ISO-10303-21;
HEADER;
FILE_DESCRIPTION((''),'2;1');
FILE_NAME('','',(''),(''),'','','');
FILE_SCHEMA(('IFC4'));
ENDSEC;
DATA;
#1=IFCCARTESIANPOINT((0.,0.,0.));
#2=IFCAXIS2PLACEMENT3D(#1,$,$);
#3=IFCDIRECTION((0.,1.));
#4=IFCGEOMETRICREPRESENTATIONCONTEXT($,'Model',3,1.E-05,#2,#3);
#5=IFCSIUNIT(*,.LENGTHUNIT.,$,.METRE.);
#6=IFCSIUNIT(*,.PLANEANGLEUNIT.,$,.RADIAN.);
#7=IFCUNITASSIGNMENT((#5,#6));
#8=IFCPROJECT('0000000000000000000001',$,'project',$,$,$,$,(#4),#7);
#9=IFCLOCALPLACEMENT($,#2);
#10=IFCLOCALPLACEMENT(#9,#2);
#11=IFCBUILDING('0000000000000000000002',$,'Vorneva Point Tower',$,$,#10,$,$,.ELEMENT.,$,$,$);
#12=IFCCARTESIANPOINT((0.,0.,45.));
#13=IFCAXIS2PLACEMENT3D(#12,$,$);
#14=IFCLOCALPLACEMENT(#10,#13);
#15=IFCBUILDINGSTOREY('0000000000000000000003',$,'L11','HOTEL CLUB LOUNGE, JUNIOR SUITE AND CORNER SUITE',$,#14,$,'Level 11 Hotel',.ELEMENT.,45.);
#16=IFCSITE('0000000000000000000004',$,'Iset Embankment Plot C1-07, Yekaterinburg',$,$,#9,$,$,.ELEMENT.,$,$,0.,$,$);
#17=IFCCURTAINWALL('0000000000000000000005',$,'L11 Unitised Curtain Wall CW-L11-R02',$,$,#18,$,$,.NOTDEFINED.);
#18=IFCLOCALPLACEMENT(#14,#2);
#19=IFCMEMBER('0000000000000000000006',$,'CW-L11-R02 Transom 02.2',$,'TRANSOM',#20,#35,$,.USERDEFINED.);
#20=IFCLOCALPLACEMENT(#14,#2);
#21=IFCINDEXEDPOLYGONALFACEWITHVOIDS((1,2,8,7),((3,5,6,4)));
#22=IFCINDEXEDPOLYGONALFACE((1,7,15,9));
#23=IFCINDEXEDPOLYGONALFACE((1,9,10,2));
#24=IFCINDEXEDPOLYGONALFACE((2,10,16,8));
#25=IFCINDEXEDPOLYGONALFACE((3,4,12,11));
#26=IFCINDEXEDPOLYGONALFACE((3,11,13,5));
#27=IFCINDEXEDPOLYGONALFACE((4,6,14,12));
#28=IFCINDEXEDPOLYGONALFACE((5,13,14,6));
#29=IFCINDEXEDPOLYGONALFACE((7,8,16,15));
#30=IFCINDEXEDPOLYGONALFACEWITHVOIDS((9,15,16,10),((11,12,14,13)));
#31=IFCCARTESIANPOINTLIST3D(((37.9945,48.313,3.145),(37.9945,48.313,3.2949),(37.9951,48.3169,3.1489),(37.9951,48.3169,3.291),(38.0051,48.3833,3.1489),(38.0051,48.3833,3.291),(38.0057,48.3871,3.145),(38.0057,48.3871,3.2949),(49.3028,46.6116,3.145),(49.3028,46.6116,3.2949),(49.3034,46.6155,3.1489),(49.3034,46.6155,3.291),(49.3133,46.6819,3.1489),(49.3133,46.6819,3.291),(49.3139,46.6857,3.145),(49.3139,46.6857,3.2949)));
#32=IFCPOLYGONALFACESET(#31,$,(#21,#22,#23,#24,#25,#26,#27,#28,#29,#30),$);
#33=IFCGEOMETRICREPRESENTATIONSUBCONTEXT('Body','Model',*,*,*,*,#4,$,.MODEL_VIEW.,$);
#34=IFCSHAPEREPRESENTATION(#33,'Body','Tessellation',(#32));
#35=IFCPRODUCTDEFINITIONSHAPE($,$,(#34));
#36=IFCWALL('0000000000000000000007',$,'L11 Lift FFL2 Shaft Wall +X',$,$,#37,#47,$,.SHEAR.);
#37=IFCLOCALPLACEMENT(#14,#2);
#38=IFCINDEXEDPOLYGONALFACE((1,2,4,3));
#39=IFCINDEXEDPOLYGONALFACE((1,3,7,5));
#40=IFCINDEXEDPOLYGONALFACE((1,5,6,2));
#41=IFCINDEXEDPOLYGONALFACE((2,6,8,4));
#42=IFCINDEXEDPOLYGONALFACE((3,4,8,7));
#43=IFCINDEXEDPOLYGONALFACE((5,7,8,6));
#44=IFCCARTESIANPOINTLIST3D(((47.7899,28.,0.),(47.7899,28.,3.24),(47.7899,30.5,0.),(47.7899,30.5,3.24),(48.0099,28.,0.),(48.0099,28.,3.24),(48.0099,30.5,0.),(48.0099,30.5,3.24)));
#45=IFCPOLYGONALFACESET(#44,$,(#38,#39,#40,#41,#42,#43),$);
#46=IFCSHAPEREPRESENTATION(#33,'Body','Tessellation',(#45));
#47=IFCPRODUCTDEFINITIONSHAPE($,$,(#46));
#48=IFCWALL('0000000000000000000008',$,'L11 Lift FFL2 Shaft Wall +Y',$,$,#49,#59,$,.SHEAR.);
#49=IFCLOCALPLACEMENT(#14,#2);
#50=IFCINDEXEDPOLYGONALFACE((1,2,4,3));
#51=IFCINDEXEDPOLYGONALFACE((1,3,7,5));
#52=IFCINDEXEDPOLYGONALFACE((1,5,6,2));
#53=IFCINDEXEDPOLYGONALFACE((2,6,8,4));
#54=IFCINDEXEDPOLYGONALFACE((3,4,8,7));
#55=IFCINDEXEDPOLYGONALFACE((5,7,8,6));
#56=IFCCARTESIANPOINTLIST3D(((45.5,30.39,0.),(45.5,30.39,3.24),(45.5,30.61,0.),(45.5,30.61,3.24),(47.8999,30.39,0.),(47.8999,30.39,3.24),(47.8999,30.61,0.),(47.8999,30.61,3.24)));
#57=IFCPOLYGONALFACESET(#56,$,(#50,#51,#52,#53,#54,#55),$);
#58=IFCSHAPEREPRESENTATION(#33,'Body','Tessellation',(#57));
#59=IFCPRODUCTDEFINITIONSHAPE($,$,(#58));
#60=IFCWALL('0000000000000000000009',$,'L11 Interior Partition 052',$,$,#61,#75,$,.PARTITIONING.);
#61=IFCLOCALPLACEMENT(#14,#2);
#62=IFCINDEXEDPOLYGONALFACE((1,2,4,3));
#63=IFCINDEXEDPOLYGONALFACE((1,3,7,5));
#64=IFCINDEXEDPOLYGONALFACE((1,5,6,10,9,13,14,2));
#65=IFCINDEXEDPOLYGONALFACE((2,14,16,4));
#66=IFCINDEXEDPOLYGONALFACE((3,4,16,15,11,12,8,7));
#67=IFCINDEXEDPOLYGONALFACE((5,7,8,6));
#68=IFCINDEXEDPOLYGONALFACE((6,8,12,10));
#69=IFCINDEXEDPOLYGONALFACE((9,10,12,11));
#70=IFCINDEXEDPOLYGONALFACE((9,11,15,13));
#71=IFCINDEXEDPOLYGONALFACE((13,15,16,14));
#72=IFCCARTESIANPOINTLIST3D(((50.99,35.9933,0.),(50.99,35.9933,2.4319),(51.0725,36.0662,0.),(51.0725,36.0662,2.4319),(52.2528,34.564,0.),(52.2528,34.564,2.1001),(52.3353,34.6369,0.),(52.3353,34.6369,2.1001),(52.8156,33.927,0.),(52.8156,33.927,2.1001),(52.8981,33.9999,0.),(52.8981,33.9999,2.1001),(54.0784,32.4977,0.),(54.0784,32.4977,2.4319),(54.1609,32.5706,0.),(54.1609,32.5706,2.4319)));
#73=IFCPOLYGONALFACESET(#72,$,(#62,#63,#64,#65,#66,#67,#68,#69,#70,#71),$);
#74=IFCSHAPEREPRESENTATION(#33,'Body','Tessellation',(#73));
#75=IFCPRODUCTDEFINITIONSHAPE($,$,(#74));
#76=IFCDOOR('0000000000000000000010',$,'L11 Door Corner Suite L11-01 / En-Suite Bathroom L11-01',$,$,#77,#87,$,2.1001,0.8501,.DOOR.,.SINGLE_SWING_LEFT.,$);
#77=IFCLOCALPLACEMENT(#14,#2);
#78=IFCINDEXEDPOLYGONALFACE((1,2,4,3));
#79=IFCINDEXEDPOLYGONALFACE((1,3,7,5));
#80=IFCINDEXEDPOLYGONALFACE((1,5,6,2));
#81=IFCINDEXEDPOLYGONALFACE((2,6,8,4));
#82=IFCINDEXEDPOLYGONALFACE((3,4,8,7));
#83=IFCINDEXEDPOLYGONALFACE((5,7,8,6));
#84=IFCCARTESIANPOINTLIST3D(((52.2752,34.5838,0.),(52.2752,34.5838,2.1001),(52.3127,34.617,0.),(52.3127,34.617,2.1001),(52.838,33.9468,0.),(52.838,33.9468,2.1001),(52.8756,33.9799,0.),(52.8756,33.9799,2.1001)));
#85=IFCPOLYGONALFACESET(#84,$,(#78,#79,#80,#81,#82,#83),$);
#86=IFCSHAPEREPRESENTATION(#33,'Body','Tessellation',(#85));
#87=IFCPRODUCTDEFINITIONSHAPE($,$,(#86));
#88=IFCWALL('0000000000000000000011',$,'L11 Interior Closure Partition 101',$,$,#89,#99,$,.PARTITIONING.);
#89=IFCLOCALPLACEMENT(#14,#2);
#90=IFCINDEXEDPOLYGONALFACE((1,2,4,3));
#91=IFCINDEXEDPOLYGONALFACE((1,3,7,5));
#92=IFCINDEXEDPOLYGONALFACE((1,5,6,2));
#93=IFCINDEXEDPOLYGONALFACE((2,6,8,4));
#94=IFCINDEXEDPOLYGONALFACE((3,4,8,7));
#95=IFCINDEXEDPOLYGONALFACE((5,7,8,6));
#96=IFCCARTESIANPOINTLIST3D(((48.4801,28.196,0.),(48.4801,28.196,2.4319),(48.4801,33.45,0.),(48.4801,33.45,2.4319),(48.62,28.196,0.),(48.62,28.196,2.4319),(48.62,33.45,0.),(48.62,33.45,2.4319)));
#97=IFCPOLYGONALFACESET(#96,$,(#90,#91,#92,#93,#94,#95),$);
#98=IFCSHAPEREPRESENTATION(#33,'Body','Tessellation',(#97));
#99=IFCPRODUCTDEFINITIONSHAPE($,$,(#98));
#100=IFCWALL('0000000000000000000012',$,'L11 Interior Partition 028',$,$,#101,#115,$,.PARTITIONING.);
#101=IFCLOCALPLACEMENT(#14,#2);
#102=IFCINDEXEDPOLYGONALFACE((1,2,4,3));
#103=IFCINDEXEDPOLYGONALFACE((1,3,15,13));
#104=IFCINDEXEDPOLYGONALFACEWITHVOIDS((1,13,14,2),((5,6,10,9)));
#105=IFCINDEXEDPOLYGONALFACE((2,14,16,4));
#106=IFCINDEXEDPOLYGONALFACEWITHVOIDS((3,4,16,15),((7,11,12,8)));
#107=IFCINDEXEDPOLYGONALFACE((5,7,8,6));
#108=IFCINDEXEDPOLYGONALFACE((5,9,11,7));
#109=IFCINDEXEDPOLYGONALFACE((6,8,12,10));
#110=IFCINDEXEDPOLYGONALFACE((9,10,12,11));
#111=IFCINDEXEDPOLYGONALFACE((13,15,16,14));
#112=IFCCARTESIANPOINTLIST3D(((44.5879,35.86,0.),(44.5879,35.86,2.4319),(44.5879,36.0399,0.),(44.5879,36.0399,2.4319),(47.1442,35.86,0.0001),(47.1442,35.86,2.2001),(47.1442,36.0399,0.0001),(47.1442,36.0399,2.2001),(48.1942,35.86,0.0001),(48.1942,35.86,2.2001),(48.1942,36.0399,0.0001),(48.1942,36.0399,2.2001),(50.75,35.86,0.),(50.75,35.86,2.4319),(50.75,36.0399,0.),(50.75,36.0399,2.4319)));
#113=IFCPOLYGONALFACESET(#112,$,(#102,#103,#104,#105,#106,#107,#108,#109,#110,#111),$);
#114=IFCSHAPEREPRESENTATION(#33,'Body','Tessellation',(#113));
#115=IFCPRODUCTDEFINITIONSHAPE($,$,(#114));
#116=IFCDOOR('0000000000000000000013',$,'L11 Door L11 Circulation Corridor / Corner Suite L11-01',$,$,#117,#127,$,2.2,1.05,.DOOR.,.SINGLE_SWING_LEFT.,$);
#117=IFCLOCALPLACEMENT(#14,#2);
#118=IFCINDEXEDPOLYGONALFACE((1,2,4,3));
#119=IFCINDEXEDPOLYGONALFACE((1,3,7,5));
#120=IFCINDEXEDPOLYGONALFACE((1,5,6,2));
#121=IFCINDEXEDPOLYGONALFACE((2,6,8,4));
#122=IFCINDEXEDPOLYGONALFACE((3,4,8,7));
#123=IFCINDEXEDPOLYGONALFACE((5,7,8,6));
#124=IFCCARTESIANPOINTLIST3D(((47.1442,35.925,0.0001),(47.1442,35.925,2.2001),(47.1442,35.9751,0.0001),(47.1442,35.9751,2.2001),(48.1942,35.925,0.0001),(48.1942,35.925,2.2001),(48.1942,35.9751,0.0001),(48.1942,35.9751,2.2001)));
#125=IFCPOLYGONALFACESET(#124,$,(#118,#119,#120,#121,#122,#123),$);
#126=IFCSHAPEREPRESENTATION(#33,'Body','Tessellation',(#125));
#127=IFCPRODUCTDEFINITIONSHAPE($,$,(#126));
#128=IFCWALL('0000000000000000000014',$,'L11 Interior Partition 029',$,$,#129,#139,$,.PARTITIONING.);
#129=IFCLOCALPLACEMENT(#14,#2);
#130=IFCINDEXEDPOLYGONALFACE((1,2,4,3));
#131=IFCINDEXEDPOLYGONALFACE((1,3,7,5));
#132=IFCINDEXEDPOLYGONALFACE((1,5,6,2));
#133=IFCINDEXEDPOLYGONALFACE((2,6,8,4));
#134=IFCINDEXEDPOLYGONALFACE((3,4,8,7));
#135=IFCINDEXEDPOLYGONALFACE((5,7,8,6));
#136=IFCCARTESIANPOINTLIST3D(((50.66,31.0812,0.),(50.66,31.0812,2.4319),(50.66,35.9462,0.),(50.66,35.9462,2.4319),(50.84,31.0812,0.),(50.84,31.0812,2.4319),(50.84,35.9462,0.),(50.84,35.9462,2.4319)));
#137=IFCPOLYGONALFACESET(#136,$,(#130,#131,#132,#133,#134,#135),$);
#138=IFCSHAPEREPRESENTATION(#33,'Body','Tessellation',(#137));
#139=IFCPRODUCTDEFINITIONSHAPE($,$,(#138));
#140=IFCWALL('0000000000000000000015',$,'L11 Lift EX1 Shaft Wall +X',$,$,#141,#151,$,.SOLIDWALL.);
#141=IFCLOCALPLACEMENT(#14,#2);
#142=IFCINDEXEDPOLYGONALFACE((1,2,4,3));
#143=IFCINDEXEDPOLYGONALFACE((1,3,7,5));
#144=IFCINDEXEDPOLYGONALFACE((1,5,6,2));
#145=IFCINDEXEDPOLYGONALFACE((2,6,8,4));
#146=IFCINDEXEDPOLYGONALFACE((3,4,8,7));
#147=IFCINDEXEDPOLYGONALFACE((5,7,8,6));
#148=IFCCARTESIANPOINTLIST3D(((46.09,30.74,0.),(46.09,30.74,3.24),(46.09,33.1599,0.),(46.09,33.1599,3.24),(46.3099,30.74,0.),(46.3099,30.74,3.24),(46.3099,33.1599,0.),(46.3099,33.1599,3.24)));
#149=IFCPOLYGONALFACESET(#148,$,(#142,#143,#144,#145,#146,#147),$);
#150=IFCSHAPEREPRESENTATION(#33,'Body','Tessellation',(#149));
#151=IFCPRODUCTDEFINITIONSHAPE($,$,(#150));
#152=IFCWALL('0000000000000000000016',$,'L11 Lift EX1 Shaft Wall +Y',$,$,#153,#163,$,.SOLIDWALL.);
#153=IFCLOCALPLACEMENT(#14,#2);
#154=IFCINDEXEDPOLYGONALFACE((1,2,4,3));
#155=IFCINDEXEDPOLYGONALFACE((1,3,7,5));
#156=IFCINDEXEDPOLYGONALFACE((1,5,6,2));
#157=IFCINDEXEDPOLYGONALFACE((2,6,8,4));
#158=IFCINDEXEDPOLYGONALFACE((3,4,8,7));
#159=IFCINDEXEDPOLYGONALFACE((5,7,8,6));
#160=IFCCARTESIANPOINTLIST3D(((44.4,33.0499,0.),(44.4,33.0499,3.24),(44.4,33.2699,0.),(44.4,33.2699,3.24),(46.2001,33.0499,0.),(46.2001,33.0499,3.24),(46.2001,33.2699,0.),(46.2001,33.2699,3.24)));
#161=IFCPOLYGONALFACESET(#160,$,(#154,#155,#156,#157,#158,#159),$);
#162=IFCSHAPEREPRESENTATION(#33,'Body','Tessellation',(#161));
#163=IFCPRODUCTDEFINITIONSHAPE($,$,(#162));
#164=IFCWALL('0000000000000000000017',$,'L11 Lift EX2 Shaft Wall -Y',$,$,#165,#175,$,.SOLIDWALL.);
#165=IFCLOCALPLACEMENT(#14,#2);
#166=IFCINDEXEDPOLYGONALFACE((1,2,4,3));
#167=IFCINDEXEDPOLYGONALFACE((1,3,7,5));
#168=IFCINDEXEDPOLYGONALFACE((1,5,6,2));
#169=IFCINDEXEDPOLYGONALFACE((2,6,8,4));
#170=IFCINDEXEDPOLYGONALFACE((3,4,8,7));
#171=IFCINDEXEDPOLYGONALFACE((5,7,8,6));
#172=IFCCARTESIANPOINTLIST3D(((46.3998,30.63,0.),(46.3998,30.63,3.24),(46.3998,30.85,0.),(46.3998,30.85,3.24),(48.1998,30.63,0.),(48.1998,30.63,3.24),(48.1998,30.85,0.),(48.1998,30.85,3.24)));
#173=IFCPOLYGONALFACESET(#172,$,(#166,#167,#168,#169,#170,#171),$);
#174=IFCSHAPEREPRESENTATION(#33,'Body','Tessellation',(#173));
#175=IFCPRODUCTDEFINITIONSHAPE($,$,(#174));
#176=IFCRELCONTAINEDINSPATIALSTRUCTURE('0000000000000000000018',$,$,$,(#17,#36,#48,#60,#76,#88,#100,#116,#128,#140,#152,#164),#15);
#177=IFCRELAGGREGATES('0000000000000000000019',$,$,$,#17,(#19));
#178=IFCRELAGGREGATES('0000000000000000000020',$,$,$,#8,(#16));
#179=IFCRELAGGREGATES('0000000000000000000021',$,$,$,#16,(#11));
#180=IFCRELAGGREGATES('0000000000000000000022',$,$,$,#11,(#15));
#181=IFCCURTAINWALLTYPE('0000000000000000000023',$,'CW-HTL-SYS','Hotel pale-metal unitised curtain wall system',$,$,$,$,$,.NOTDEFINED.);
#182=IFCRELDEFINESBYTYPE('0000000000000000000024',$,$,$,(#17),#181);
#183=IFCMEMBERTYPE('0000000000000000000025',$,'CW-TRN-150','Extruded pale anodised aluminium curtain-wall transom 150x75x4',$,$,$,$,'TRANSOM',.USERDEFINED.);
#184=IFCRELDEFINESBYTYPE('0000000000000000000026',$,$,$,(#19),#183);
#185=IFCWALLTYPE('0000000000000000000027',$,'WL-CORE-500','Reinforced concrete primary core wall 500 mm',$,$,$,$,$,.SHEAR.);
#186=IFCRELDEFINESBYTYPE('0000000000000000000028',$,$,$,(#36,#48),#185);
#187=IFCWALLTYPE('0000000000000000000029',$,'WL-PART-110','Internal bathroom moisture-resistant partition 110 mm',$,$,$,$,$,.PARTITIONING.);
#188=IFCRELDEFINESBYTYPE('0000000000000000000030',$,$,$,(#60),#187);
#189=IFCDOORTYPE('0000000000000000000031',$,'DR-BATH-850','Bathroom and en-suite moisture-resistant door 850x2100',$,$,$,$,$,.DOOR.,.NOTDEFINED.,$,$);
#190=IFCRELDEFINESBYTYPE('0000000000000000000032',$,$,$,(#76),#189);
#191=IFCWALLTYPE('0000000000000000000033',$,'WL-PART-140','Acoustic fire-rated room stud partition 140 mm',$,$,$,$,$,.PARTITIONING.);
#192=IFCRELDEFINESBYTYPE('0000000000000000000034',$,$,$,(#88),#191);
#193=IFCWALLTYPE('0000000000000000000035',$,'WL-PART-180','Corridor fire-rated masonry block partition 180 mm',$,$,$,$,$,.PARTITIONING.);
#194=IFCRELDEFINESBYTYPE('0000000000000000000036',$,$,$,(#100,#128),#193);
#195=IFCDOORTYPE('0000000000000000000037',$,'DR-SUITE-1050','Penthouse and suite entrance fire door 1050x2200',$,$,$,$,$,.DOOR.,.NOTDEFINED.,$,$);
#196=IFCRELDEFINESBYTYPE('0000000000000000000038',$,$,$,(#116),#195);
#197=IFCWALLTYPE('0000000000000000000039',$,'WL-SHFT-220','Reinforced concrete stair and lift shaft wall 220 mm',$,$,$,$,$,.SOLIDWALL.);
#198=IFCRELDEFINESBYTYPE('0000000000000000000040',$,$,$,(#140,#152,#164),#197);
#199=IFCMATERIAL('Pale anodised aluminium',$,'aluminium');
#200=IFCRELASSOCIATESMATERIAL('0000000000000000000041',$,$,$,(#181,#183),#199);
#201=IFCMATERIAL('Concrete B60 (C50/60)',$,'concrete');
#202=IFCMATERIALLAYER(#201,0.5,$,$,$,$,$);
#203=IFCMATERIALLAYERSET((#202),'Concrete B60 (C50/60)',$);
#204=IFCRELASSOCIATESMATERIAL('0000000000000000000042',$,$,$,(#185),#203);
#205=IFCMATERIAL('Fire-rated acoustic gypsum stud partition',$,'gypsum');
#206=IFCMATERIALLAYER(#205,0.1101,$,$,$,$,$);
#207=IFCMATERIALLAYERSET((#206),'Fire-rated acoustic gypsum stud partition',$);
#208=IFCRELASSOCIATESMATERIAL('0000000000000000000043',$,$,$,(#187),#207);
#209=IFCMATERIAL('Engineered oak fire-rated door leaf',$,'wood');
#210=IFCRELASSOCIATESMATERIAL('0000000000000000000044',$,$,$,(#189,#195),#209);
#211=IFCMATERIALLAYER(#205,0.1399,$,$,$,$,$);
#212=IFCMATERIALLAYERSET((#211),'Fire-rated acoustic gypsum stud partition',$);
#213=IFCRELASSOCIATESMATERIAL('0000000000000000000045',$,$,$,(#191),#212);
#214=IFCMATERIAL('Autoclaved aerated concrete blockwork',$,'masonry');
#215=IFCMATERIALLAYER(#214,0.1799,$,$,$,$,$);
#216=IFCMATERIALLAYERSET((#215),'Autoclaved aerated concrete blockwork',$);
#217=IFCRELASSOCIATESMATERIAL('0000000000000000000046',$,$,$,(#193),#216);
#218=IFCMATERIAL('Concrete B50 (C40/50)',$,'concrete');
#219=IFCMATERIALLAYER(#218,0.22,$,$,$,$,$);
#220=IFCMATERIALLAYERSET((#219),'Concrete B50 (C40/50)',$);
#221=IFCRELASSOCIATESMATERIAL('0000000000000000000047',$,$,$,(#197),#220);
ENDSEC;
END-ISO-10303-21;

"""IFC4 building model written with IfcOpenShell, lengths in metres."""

from ifc_helpers import new_model, si_unit, direction, frame, frame_2d, origin, origin_2d, place, context, subcontext, project, spatial, rectangle, hollow_rectangle, extrude, material, layer, layer_set, material_profile, profile_set, type_object, element, fill, aggregate, save


model = new_model("IFC4")

# Units and contexts
model_context = context("Model", 3, precision=1e-05, world=origin(), true_north=direction((0.0, 1.0)))
body_context = subcontext(model_context, "Body", "Model", "MODEL_VIEW")
ifc_project = project(units=[si_unit("LENGTHUNIT", "METRE"), si_unit("PLANEANGLEUNIT", "RADIAN")], contexts=[model_context])

# Site, building, storey
site_placement = place(None, origin())
site = spatial("IfcSite", under=ifc_project, at=site_placement, Name="Iset Embankment Plot C1-07, Yekaterinburg", CompositionType="ELEMENT", RefElevation=0.0)
building_placement = place(site_placement, origin())
building = spatial("IfcBuilding", under=site, at=building_placement, Name="Vorneva Point Tower", CompositionType="ELEMENT")
storey_placement = place(building_placement, frame((0.0, 0.0, 45.0)))
storey = spatial("IfcBuildingStorey", under=building, at=storey_placement, Name="L11", Description="HOTEL CLUB LOUNGE, JUNIOR SUITE AND CORNER SUITE", LongName="Level 11 Hotel", CompositionType="ELEMENT", Elevation=45.0)

# Shared definitions
ifc_material_1 = material(Name="Concrete B60 (C50/60)", Category="concrete")

# Curtain wall, member
ifc_material_2 = material(Name="Pale anodised aluminium", Category="aluminium")
curtain_wall_type = type_object("IfcCurtainWallType", Name="CW-HTL-SYS", Description="Hotel pale-metal unitised curtain wall system", PredefinedType="NOTDEFINED", material=ifc_material_2)
curtain_wall_placement = place(storey_placement, origin())
curtain_wall = element("IfcCurtainWall", 1, at=curtain_wall_placement, inside=storey, type_object=curtain_wall_type, Name="L11 Unitised Curtain Wall CW-L11-R02", PredefinedType="NOTDEFINED")
ifc_material_profile_1 = material_profile(ifc_material_2, hollow_rectangle(XDim=0.075, YDim=0.1499, WallThickness=0.0039, at=origin_2d()), Name="AL-TRN 150x75x4")
ifc_profile_set_1 = profile_set([ifc_material_profile_1], Name="Pale anodised aluminium")
member_type_1 = type_object("IfcMemberType", Name="CW-TRN-150", Description="Extruded pale anodised aluminium curtain-wall transom 150x75x4", ElementType="TRANSOM", PredefinedType="USERDEFINED", material=ifc_profile_set_1)
member_1_placement = place(storey_placement, frame((49.3083, 46.6487, 3.22), z_axis=(-0.98887, 0.148782, 0.0), x_axis=(-0.148782, -0.98887, 0.0)))
member_1 = element("IfcMember", 2, at=member_1_placement, type_object=member_type_1, Name="CW-L11-R02 Transom 02.2", ObjectType="TRANSOM", PredefinedType="USERDEFINED", context=body_context, shape_type="SweptSolid", body=[
    extrude(hollow_rectangle(XDim=0.075, YDim=0.1499, WallThickness=0.0039, at=origin_2d()), origin(), (0.0, 0.0, 1.0), 11.4355),
])
aggregate(curtain_wall, [member_1])

# Walls
ifc_layer_1 = layer(ifc_material_1, 0.5)
ifc_layer_set_1 = layer_set([ifc_layer_1], Name="Concrete B60 (C50/60)")
wall_type_1 = type_object("IfcWallType", Name="WL-CORE-500", Description="Reinforced concrete primary core wall 500 mm", PredefinedType="SHEAR", material=ifc_layer_set_1)
wall_1_placement = place(storey_placement, frame((47.8999, 28.0, 0.0), z_axis=(0.0, 0.0, 1.0), x_axis=(0.0, 1.0, 0.0)))
element("IfcWall", 3, at=wall_1_placement, inside=storey, type_object=wall_type_1, Name="L11 Lift FFL2 Shaft Wall +X", PredefinedType="SHEAR", context=body_context, shape_type="SweptSolid", body=[
    extrude(rectangle(XDim=2.5, YDim=0.22, at=frame_2d((1.25, 0.0))), origin(), (0.0, 0.0, 1.0), 3.24),
])
wall_2_placement = place(storey_placement, frame((47.8999, 30.5, 0.0), z_axis=(0.0, 0.0, 1.0), x_axis=(-1.0, 0.0, 0.0)))
element("IfcWall", 4, at=wall_2_placement, inside=storey, type_object=wall_type_1, Name="L11 Lift FFL2 Shaft Wall +Y", PredefinedType="SHEAR", context=body_context, shape_type="SweptSolid", body=[
    extrude(rectangle(XDim=2.3999, YDim=0.22, at=frame_2d((1.2, 0.0))), origin(), (0.0, 0.0, 1.0), 3.24),
])

# Wall, opening, door
ifc_material_3 = material(Name="Fire-rated acoustic gypsum stud partition", Category="gypsum")
ifc_layer_2 = layer(ifc_material_3, 0.1101)
ifc_layer_set_2 = layer_set([ifc_layer_2], Name="Fire-rated acoustic gypsum stud partition")
wall_type_2 = type_object("IfcWallType", Name="WL-PART-110", Description="Internal bathroom moisture-resistant partition 110 mm", PredefinedType="PARTITIONING", material=ifc_layer_set_2)
wall_3_placement = place(storey_placement, frame((51.0312, 36.0298, 0.0), z_axis=(0.0, 0.0, 1.0), x_axis=(0.662106, -0.74941, 0.0)))
wall_3 = element("IfcWall", 5, at=wall_3_placement, inside=storey, type_object=wall_type_2, Name="L11 Interior Partition 052", PredefinedType="PARTITIONING", context=body_context, shape_type="SweptSolid", body=[
    extrude(rectangle(XDim=4.6646, YDim=0.1101, at=frame_2d((2.3323, 0.0))), origin(), (0.0, 0.0, 1.0), 2.4319),
])
opening_1_placement = place(wall_3_placement, frame((1.9072, 0.0, 0.0)))
opening_1 = element("IfcOpeningElement", 6, at=opening_1_placement, cuts=wall_3, PredefinedType="OPENING", context=body_context, shape_type="SweptSolid", body=[
    extrude(rectangle(XDim=0.8501, YDim=2.1001, at=frame_2d((0.425, 1.05))), frame((0.0, 0.0698, 0.0), z_axis=(0.0, -1.0, 0.0), x_axis=(1.0, 0.0, 0.0)), (0.0, 0.0, 1.0), 0.1399),
])
ifc_material_4 = material(Name="Engineered oak fire-rated door leaf", Category="wood")
door_type_1 = type_object("IfcDoorType", Name="DR-BATH-850", Description="Bathroom and en-suite moisture-resistant door 850x2100", OperationType="NOTDEFINED", PredefinedType="DOOR", material=ifc_material_4)
door_1_placement = place(opening_1_placement, origin())
door_1 = element("IfcDoor", 7, at=door_1_placement, inside=storey, type_object=door_type_1, Name="L11 Door Corner Suite L11-01 / En-Suite Bathroom L11-01", OperationType="SINGLE_SWING_LEFT", OverallHeight=2.1001, OverallWidth=0.8501, PredefinedType="DOOR", context=body_context, shape_type="SweptSolid", body=[
    extrude(rectangle(XDim=0.8501, YDim=2.1001, at=frame_2d((0.425, 1.05))), frame((0.0, 0.0249, 0.0), z_axis=(0.0, -1.0, 0.0), x_axis=(1.0, 0.0, 0.0)), (0.0, 0.0, 1.0), 0.05),
])
fill(opening_1, door_1)

# Wall
ifc_layer_3 = layer(ifc_material_3, 0.1399)
ifc_layer_set_3 = layer_set([ifc_layer_3], Name="Fire-rated acoustic gypsum stud partition")
wall_type_3 = type_object("IfcWallType", Name="WL-PART-140", Description="Acoustic fire-rated room stud partition 140 mm", PredefinedType="PARTITIONING", material=ifc_layer_set_3)
wall_4_placement = place(storey_placement, frame((48.55, 33.45, 0.0), z_axis=(0.0, 0.0, 1.0), x_axis=(0.0, -1.0, 0.0)))
element("IfcWall", 8, at=wall_4_placement, inside=storey, type_object=wall_type_3, Name="L11 Interior Closure Partition 101", PredefinedType="PARTITIONING", context=body_context, shape_type="SweptSolid", body=[
    extrude(rectangle(XDim=5.2539, YDim=0.1399, at=frame_2d((2.627, 0.0))), origin(), (0.0, 0.0, 1.0), 2.4319),
])

# Wall, opening, door
ifc_material_5 = material(Name="Autoclaved aerated concrete blockwork", Category="masonry")
ifc_layer_4 = layer(ifc_material_5, 0.1799)
ifc_layer_set_4 = layer_set([ifc_layer_4], Name="Autoclaved aerated concrete blockwork")
wall_type_4 = type_object("IfcWallType", Name="WL-PART-180", Description="Corridor fire-rated masonry block partition 180 mm", PredefinedType="PARTITIONING", material=ifc_layer_set_4)
wall_5_placement = place(storey_placement, frame((50.75, 35.95, 0.0), z_axis=(0.0, 0.0, 1.0), x_axis=(-1.0, 0.0, 0.0)))
wall_5 = element("IfcWall", 9, at=wall_5_placement, inside=storey, type_object=wall_type_4, Name="L11 Interior Partition 028", PredefinedType="PARTITIONING", context=body_context, shape_type="SweptSolid", body=[
    extrude(rectangle(XDim=6.1621, YDim=0.1799, at=frame_2d((3.0811, 0.0))), origin(), (0.0, 0.0, 1.0), 2.4319),
])
opening_2_placement = place(wall_5_placement, frame((2.5559, 0.0, 0.0)))
opening_2 = element("IfcOpeningElement", 10, at=opening_2_placement, cuts=wall_5, PredefinedType="OPENING", context=body_context, shape_type="SweptSolid", body=[
    extrude(rectangle(XDim=1.05, YDim=2.2, at=frame_2d((0.5249, 1.1001))), frame((0.0, 0.105, 0.0), z_axis=(0.0, -1.0, 0.0), x_axis=(1.0, 0.0, 0.0)), (0.0, 0.0, 1.0), 0.2097),
])
door_type_2 = type_object("IfcDoorType", Name="DR-SUITE-1050", Description="Penthouse and suite entrance fire door 1050x2200", OperationType="NOTDEFINED", PredefinedType="DOOR", material=ifc_material_4)
door_2_placement = place(opening_2_placement, origin())
door_2 = element("IfcDoor", 11, at=door_2_placement, inside=storey, type_object=door_type_2, Name="L11 Door L11 Circulation Corridor / Corner Suite L11-01", OperationType="SINGLE_SWING_LEFT", OverallHeight=2.2, OverallWidth=1.05, PredefinedType="DOOR", context=body_context, shape_type="SweptSolid", body=[
    extrude(rectangle(XDim=1.05, YDim=2.2, at=frame_2d((0.5249, 1.1001))), frame((0.0, 0.0249, 0.0), z_axis=(0.0, -1.0, 0.0), x_axis=(1.0, 0.0, 0.0)), (0.0, 0.0, 1.0), 0.05),
])
fill(opening_2, door_2)

# Walls
wall_6_placement = place(storey_placement, frame((50.75, 31.0811, 0.0), z_axis=(0.0, 0.0, 1.0), x_axis=(0.0, 1.0, 0.0)))
element("IfcWall", 12, at=wall_6_placement, inside=storey, type_object=wall_type_4, Name="L11 Interior Partition 029", PredefinedType="PARTITIONING", context=body_context, shape_type="SweptSolid", body=[
    extrude(rectangle(XDim=4.865, YDim=0.1799, at=frame_2d((2.4326, 0.0))), origin(), (0.0, 0.0, 1.0), 2.4319),
])
ifc_material_6 = material(Name="Concrete B50 (C40/50)", Category="concrete")
ifc_layer_5 = layer(ifc_material_6, 0.22)
ifc_layer_set_5 = layer_set([ifc_layer_5], Name="Concrete B50 (C40/50)")
wall_type_5 = type_object("IfcWallType", Name="WL-SHFT-220", Description="Reinforced concrete stair and lift shaft wall 220 mm", PredefinedType="SOLIDWALL", material=ifc_layer_set_5)
wall_7_placement = place(storey_placement, frame((46.2, 30.74, 0.0), z_axis=(0.0, 0.0, 1.0), x_axis=(0.0, 1.0, 0.0)))
element("IfcWall", 13, at=wall_7_placement, inside=storey, type_object=wall_type_5, Name="L11 Lift EX1 Shaft Wall +X", PredefinedType="SOLIDWALL", context=body_context, shape_type="SweptSolid", body=[
    extrude(rectangle(XDim=2.4199, YDim=0.22, at=frame_2d((1.21, 0.0))), origin(), (0.0, 0.0, 1.0), 3.24),
])
for number, where, z_axis, x_axis, name in (
    (14, (46.2, 33.1599, 0.0), (0.0, 0.0, 1.0), (-1.0, 0.0, 0.0), "L11 Lift EX1 Shaft Wall +Y"),
    (15, (46.3999, 30.74, 0.0), (0.0, 0.0, 1.0), (1.0, 0.0, 0.0), "L11 Lift EX2 Shaft Wall -Y"),
):
    element("IfcWall", number, at=place(storey_placement, frame(where, z_axis=z_axis, x_axis=x_axis)), inside=storey, type_object=wall_type_5, Name=name, PredefinedType="SOLIDWALL", context=body_context, shape_type="SweptSolid", body=[
        extrude(rectangle(XDim=1.8, YDim=0.22, at=frame_2d((0.8999, 0.0))), origin(), (0.0, 0.0, 1.0), 3.24),
    ])

save(model, "model.ifc")
